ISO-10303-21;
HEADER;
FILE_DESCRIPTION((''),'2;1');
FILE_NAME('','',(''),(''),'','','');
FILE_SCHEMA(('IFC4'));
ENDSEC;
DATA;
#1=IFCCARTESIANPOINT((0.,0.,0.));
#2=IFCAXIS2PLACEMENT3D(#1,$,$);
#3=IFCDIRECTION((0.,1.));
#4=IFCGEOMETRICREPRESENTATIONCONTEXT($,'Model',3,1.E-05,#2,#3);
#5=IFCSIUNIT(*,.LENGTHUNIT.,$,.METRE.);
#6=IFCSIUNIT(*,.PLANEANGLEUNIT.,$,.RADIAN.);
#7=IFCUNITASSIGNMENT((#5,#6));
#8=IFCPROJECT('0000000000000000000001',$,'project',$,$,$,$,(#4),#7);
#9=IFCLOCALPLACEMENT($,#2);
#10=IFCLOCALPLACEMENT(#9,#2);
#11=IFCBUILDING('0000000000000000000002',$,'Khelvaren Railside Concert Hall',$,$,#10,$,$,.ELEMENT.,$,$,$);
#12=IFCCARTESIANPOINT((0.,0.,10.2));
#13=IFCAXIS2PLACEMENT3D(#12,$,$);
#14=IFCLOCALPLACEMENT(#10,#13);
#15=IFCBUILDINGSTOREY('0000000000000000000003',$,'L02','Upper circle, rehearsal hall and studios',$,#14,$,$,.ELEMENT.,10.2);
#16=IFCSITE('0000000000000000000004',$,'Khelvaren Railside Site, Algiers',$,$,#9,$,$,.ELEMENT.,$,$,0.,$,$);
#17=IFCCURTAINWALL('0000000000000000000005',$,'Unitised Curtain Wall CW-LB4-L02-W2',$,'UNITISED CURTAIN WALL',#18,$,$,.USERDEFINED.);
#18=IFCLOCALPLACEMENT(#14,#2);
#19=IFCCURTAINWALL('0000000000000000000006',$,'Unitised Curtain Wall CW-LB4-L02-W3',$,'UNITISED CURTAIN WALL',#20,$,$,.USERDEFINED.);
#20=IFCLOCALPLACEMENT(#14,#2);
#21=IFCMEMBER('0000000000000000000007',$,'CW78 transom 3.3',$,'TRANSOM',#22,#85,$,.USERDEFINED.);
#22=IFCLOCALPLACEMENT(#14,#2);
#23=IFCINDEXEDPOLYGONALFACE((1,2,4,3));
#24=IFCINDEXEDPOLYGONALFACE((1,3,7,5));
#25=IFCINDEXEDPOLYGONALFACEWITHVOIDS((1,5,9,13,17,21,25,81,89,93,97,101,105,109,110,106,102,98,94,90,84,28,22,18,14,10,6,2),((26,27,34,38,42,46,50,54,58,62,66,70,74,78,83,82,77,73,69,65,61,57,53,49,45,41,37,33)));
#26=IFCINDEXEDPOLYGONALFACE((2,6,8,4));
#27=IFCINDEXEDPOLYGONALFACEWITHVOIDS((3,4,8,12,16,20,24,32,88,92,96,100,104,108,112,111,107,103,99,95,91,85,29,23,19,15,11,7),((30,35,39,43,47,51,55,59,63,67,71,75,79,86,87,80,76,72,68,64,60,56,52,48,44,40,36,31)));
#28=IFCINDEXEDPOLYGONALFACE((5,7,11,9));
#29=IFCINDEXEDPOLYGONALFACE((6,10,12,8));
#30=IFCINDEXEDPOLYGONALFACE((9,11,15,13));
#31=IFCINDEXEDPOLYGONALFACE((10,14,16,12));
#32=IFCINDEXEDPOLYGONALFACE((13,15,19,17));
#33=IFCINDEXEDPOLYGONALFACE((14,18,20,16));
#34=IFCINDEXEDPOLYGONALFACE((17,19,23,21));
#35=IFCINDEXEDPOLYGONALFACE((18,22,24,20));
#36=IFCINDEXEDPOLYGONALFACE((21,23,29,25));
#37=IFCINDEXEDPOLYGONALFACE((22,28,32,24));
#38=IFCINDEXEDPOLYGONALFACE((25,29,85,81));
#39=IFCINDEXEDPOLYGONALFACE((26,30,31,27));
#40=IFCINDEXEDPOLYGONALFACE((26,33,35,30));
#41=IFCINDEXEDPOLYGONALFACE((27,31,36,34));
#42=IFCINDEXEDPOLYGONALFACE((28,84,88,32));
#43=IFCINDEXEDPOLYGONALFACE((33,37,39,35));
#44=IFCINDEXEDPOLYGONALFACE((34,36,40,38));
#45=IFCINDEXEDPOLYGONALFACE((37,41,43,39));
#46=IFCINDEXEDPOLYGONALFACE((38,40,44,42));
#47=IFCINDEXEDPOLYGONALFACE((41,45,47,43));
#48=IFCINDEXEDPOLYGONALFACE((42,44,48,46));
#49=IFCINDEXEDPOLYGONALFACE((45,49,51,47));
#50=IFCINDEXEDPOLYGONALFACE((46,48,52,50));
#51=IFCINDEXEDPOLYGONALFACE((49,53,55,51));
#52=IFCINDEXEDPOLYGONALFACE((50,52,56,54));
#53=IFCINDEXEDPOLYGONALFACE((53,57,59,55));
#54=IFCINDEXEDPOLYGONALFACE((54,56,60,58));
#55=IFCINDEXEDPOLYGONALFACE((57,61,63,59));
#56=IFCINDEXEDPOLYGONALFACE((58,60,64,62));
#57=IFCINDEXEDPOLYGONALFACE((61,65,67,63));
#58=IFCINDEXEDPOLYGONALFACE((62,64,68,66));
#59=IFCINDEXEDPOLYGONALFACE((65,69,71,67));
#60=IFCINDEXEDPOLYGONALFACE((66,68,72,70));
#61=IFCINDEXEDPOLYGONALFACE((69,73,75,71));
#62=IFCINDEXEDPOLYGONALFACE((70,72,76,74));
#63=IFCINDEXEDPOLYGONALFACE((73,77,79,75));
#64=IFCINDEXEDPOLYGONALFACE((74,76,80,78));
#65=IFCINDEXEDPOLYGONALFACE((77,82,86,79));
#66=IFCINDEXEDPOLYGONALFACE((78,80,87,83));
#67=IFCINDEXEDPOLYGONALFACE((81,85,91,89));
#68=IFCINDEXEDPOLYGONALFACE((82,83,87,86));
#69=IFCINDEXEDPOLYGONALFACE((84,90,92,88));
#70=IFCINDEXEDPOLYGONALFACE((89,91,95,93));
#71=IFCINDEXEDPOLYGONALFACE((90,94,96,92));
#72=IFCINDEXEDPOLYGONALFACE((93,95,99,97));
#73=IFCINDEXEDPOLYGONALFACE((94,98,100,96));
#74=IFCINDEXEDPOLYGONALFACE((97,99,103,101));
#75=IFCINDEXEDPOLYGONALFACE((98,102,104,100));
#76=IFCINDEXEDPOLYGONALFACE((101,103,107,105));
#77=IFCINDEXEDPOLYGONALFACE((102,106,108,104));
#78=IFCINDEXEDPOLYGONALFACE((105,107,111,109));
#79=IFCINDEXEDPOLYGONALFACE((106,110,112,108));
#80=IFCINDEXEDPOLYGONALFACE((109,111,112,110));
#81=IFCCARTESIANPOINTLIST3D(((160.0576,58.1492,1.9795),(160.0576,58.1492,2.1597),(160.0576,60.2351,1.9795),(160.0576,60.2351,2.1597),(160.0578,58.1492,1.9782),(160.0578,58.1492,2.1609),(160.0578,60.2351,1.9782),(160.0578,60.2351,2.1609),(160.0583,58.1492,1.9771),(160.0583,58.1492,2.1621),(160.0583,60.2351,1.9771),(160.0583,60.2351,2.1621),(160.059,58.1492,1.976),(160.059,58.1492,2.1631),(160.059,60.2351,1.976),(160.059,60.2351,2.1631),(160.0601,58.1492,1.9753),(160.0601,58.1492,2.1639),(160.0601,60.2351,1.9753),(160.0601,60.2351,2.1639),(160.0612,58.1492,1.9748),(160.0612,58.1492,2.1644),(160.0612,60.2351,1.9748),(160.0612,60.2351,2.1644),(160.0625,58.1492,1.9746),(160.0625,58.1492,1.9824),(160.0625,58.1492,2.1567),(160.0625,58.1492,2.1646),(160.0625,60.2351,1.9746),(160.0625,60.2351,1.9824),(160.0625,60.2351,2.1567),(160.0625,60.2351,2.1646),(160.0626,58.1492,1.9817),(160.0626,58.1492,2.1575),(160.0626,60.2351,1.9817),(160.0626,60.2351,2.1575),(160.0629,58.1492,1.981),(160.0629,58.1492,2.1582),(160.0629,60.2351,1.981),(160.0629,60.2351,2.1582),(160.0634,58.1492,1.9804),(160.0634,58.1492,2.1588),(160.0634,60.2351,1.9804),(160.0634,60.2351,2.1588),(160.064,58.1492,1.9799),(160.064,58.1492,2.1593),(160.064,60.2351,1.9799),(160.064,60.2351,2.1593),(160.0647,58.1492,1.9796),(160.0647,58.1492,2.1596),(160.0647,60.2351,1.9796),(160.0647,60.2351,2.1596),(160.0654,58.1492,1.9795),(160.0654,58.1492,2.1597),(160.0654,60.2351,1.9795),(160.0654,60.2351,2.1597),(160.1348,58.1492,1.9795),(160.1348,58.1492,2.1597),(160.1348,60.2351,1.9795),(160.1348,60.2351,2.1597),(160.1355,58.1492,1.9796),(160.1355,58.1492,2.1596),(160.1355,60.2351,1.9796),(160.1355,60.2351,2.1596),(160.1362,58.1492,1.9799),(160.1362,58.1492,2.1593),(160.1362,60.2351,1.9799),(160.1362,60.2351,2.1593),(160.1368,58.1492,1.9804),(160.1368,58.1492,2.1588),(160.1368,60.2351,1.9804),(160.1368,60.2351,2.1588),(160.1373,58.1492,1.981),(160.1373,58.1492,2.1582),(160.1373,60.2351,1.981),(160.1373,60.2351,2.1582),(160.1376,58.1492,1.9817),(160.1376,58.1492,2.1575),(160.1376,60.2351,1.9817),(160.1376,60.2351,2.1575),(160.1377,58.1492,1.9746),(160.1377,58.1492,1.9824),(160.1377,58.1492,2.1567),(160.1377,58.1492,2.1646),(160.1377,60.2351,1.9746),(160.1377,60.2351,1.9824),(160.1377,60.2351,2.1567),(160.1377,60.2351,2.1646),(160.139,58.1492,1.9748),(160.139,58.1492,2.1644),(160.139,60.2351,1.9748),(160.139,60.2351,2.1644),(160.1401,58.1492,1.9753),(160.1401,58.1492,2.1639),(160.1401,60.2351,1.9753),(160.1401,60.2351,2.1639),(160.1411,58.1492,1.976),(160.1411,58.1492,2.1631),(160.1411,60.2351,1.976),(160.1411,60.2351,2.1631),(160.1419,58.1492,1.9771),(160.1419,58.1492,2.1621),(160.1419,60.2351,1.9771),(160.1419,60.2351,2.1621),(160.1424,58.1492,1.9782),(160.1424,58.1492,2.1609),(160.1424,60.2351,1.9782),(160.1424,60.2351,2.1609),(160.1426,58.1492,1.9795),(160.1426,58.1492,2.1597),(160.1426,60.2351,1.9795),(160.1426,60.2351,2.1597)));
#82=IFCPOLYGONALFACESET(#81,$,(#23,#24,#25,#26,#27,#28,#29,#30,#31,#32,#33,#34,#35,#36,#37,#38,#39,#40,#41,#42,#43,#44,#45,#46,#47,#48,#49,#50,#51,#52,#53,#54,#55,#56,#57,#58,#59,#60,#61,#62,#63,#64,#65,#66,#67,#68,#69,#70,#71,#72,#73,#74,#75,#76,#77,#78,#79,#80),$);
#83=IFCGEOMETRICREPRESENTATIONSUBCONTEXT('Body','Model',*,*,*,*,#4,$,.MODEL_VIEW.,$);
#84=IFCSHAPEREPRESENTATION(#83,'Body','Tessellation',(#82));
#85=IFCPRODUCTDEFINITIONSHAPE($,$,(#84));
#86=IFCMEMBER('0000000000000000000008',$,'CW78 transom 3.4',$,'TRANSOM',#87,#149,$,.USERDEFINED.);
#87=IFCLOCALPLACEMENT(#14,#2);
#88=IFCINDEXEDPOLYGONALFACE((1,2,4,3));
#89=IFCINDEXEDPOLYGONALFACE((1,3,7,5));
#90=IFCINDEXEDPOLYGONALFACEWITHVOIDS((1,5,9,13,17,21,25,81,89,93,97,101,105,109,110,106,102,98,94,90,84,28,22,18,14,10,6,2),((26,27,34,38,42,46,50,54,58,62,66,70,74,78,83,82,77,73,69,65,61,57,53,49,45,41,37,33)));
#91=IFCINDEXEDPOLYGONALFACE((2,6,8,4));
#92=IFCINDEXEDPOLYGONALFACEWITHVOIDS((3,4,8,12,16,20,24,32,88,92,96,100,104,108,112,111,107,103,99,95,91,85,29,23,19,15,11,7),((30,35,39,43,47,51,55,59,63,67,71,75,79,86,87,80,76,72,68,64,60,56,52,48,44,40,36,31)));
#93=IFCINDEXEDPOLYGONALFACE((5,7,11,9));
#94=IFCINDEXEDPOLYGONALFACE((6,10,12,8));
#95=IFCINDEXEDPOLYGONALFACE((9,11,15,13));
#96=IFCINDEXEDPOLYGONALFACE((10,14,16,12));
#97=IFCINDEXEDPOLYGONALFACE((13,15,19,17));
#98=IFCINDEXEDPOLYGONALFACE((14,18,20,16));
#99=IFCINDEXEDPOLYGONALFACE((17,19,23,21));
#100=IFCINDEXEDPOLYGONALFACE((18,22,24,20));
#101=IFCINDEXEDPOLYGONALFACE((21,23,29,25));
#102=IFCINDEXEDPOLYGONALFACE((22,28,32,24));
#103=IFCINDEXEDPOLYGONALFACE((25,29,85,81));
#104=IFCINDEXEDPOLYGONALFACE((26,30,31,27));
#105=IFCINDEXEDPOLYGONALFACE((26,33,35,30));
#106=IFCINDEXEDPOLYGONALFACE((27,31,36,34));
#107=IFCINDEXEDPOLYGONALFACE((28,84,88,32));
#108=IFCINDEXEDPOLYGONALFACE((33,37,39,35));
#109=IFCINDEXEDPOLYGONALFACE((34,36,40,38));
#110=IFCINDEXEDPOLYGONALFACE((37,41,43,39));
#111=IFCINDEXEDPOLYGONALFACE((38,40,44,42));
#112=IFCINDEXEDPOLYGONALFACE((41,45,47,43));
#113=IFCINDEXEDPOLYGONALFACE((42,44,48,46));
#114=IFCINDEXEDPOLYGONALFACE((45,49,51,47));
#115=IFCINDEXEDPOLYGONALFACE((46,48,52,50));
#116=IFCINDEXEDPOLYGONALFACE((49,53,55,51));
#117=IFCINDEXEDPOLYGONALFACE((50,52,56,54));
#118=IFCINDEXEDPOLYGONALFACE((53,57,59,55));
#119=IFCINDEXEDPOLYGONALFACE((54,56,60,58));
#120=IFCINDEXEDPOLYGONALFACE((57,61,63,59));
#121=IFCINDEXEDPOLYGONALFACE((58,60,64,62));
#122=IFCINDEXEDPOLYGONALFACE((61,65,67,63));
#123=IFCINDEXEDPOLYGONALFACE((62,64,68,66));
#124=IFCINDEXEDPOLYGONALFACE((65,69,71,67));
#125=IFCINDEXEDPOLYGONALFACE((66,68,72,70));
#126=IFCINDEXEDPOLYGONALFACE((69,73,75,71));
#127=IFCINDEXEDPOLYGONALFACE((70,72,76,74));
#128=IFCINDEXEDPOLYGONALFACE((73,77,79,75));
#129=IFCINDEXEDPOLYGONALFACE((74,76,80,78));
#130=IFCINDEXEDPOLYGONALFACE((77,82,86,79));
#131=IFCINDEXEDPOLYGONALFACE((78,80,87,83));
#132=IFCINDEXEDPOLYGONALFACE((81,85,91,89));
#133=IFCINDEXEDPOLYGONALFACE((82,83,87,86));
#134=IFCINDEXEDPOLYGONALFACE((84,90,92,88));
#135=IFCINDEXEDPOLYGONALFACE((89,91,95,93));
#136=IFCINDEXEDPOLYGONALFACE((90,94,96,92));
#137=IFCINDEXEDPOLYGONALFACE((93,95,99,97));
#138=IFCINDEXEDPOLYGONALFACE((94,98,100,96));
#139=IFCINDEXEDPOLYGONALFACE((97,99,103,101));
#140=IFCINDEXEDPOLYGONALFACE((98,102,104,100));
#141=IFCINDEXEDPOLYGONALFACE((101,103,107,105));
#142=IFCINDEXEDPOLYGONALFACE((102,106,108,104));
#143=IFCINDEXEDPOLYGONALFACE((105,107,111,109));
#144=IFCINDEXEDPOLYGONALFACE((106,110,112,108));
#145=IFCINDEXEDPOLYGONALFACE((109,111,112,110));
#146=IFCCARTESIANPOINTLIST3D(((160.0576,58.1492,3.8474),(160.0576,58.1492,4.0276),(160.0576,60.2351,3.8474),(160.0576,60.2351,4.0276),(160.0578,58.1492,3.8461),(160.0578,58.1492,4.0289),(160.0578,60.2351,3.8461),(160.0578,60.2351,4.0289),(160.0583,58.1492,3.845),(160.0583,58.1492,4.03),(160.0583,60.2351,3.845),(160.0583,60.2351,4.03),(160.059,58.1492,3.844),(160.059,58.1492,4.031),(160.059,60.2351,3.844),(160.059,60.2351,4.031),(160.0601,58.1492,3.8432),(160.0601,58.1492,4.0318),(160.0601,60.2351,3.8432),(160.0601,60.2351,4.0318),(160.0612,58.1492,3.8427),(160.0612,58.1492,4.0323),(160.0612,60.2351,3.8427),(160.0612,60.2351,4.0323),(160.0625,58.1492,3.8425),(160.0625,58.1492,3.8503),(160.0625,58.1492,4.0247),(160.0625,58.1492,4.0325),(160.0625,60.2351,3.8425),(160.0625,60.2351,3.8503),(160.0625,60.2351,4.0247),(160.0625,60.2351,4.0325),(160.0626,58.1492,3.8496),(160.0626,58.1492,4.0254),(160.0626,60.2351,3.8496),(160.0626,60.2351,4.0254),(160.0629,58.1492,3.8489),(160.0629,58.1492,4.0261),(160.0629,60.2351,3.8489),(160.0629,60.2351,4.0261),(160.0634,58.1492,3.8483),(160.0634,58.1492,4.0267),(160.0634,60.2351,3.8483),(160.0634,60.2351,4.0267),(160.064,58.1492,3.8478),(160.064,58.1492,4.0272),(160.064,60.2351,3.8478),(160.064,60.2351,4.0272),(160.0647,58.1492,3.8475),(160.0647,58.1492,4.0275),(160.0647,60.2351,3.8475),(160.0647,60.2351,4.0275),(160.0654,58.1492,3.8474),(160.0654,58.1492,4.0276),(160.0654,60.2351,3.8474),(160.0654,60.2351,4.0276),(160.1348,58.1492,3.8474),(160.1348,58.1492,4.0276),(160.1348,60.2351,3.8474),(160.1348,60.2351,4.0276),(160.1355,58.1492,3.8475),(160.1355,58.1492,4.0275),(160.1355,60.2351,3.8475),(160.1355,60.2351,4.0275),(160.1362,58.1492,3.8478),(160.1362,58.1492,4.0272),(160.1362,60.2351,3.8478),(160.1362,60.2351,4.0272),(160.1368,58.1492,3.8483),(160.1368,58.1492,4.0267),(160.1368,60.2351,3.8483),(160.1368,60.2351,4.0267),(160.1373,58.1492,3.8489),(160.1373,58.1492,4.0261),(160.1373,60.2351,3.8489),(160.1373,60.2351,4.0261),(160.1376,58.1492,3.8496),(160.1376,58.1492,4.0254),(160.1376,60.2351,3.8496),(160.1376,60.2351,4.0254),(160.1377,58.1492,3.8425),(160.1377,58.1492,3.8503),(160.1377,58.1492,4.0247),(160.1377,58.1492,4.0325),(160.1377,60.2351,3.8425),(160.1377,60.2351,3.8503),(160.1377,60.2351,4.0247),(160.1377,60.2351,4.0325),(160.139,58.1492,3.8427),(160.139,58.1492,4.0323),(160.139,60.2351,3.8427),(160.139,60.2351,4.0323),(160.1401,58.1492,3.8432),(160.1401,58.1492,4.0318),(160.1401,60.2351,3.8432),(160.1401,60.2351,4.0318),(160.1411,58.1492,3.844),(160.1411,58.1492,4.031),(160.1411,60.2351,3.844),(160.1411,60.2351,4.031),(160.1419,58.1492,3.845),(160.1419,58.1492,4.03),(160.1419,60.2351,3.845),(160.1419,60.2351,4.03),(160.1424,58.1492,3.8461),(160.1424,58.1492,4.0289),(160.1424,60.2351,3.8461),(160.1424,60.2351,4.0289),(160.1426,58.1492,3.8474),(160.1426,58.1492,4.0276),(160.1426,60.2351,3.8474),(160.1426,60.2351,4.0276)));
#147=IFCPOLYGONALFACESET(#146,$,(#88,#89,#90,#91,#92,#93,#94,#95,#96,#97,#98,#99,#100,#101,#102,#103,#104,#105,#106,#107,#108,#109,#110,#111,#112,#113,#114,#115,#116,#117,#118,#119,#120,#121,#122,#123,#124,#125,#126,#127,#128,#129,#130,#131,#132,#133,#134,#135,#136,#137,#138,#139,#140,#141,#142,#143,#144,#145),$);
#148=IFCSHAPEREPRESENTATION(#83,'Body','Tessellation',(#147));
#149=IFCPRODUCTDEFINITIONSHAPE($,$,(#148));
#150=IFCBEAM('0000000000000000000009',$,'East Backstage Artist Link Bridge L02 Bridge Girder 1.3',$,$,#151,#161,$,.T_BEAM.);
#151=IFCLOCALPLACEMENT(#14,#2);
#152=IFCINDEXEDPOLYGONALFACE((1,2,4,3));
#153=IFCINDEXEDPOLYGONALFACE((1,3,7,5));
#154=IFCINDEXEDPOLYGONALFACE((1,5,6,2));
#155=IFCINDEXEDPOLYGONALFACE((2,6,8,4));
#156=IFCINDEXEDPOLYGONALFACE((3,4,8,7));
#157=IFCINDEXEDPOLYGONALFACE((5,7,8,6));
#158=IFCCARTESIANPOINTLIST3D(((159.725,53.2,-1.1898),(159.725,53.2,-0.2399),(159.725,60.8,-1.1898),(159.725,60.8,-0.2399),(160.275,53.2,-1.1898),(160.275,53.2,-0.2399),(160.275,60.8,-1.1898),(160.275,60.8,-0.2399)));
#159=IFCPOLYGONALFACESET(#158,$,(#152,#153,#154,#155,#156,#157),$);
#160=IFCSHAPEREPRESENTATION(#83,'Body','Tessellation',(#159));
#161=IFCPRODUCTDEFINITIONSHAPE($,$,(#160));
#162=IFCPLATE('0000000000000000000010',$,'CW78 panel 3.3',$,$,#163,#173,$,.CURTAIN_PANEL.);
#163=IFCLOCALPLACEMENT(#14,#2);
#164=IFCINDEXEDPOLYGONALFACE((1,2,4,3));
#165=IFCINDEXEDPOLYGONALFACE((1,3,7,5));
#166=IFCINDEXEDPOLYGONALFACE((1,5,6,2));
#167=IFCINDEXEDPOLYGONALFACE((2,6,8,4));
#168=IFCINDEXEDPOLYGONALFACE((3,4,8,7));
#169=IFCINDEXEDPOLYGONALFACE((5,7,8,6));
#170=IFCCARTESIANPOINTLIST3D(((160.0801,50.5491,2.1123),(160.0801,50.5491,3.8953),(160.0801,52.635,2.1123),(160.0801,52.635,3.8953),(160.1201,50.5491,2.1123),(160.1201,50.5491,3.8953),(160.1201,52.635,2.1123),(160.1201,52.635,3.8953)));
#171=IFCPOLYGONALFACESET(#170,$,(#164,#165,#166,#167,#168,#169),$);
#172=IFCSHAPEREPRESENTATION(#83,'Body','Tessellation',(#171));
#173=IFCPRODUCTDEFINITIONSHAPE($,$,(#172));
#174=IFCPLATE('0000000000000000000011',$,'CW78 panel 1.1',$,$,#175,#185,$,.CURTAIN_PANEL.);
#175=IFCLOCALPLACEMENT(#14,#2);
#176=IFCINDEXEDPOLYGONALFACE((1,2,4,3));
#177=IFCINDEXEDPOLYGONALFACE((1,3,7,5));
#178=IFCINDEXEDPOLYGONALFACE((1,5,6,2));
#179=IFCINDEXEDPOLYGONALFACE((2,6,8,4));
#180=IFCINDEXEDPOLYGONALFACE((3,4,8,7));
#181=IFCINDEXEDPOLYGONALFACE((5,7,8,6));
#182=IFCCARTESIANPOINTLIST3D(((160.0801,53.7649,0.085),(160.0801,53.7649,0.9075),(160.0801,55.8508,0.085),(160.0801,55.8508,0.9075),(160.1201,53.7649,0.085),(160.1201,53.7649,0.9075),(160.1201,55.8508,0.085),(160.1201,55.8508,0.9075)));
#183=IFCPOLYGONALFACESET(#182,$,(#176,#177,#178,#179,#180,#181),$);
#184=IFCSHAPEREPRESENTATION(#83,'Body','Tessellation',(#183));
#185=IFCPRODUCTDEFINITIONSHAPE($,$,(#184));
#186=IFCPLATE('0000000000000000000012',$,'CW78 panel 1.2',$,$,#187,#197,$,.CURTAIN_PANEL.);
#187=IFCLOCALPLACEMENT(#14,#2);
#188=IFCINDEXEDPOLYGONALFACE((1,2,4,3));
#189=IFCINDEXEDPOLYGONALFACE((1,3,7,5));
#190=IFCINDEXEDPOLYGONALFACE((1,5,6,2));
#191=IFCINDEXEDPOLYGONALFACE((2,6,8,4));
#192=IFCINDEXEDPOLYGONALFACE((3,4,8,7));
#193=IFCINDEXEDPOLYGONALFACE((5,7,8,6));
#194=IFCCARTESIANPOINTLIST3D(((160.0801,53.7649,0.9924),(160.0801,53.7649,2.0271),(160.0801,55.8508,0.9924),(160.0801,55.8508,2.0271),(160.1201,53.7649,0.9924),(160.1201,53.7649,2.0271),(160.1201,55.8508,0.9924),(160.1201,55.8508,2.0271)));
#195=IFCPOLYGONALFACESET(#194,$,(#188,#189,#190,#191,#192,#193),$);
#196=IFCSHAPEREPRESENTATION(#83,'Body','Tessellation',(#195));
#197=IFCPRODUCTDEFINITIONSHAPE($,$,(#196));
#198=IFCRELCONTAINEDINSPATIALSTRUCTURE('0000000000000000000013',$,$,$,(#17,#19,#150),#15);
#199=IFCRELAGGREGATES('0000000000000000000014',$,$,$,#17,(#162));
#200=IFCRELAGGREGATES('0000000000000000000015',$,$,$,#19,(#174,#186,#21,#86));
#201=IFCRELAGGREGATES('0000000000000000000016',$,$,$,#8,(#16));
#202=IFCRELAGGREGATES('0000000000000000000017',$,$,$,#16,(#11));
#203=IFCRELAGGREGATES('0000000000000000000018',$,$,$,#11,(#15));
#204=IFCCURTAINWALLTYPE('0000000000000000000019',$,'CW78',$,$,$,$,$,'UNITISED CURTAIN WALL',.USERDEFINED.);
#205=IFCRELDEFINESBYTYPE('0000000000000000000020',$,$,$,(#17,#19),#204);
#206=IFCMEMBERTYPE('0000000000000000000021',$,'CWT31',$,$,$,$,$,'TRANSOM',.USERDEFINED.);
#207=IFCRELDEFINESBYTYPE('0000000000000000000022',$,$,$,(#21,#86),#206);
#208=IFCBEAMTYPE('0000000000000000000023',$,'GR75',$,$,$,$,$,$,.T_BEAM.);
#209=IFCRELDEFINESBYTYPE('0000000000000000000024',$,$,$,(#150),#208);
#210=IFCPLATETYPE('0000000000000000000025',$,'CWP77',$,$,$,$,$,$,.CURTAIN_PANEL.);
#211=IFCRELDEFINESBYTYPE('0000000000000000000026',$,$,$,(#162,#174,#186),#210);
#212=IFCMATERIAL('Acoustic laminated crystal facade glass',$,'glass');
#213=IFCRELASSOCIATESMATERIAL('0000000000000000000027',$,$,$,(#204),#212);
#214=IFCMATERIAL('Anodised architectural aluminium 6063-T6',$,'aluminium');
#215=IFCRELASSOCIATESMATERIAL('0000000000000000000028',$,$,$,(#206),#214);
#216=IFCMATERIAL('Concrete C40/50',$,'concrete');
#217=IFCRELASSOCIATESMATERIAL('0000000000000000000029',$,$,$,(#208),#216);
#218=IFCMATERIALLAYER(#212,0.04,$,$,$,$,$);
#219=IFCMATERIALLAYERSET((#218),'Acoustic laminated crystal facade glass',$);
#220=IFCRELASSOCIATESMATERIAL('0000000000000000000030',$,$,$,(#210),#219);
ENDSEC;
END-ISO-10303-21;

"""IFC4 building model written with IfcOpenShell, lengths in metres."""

from ifc_helpers import new_model, si_unit, direction, frame, origin, origin_2d, place, context, subcontext, project, spatial, rectangle, hollow_rectangle, extrude, material, layer, layer_set, material_profile, profile_set, type_object, element, aggregate, save


model = new_model("IFC4")

# Units and contexts
model_context = context("Model", 3, precision=1e-05, world=origin(), true_north=direction((0.0, 1.0)))
body_context = subcontext(model_context, "Body", "Model", "MODEL_VIEW")
ifc_project = project(units=[si_unit("LENGTHUNIT", "METRE"), si_unit("PLANEANGLEUNIT", "RADIAN")], contexts=[model_context])

# Site, building, storey
site_placement = place(None, origin())
site = spatial("IfcSite", under=ifc_project, at=site_placement, Name="Khelvaren Railside Site, Algiers", CompositionType="ELEMENT", RefElevation=0.0)
building_placement = place(site_placement, origin())
building = spatial("IfcBuilding", under=site, at=building_placement, Name="Khelvaren Railside Concert Hall", CompositionType="ELEMENT")
storey_placement = place(building_placement, frame((0.0, 0.0, 10.2)))
storey = spatial("IfcBuildingStorey", under=building, at=storey_placement, Name="L02", Description="Upper circle, rehearsal hall and studios", CompositionType="ELEMENT", Elevation=10.2)

# Curtain wall
ifc_material_1 = material(Name="Acoustic laminated crystal facade glass", Category="glass")
curtain_wall_type = type_object("IfcCurtainWallType", Name="CW78", ElementType="UNITISED CURTAIN WALL", PredefinedType="USERDEFINED", material=ifc_material_1)
curtain_wall_1_placement = place(storey_placement, origin())
curtain_wall_1 = element("IfcCurtainWall", 1, at=curtain_wall_1_placement, inside=storey, type_object=curtain_wall_type, Name="Unitised Curtain Wall CW-LB4-L02-W2", ObjectType="UNITISED CURTAIN WALL", PredefinedType="USERDEFINED")
ifc_material_2 = material(Name="Anodised architectural aluminium 6063-T6", Category="aluminium")

# Curtain wall, members
curtain_wall_2_placement = place(storey_placement, origin())
curtain_wall_2 = element("IfcCurtainWall", 2, at=curtain_wall_2_placement, inside=storey, type_object=curtain_wall_type, Name="Unitised Curtain Wall CW-LB4-L02-W3", ObjectType="UNITISED CURTAIN WALL", PredefinedType="USERDEFINED")
ifc_material_profile_1 = material_profile(ifc_material_2, hollow_rectangle(XDim=0.085, YDim=0.1899, WallThickness=0.0049, InnerFilletRadius=0.0029, OuterFilletRadius=0.0049, at=origin_2d()), Name="CWT 85x190x5")
ifc_profile_set_1 = profile_set([ifc_material_profile_1], Name="Anodised architectural aluminium 6063-T6")
member_type_1 = type_object("IfcMemberType", Name="CWT31", ElementType="TRANSOM", PredefinedType="USERDEFINED", material=ifc_profile_set_1)
member_1_placement = place(storey_placement, frame((160.1001, 58.1492, 2.0696), z_axis=(0.0, 1.0, 0.0), x_axis=(-1.0, 0.0, 0.0)))
member_1 = element("IfcMember", 3, at=member_1_placement, type_object=member_type_1, Name="CW78 transom 3.3", ObjectType="TRANSOM", PredefinedType="USERDEFINED", context=body_context, shape_type="SweptSolid", body=[
    extrude(hollow_rectangle(XDim=0.085, YDim=0.1899, WallThickness=0.0049, InnerFilletRadius=0.0029, OuterFilletRadius=0.0049, at=origin_2d()), origin(), (0.0, 0.0, 1.0), 2.0859),
])
member_2_placement = place(storey_placement, frame((160.1001, 58.1492, 3.9375), z_axis=(0.0, 1.0, 0.0), x_axis=(-1.0, 0.0, 0.0)))
member_2 = element("IfcMember", 4, at=member_2_placement, type_object=member_type_1, Name="CW78 transom 3.4", ObjectType="TRANSOM", PredefinedType="USERDEFINED", context=body_context, shape_type="SweptSolid", body=[
    extrude(hollow_rectangle(XDim=0.085, YDim=0.1899, WallThickness=0.0049, InnerFilletRadius=0.0029, OuterFilletRadius=0.0049, at=origin_2d()), origin(), (0.0, 0.0, 1.0), 2.0859),
])

# Beam
ifc_material_3 = material(Name="Concrete C40/50", Category="concrete")
ifc_material_profile_2 = material_profile(ifc_material_3, rectangle(XDim=0.55, YDim=0.95, at=origin_2d()), Name="RCB 550x950")
ifc_profile_set_2 = profile_set([ifc_material_profile_2], Name="Concrete C40/50")
beam_type = type_object("IfcBeamType", Name="GR75", PredefinedType="T_BEAM", material=ifc_profile_set_2)
beam_placement = place(storey_placement, frame((160.0, 53.2, -0.7148), z_axis=(0.0, 1.0, 0.0), x_axis=(-1.0, 0.0, 0.0)))
element("IfcBeam", 5, at=beam_placement, inside=storey, type_object=beam_type, Name="East Backstage Artist Link Bridge L02 Bridge Girder 1.3", PredefinedType="T_BEAM", context=body_context, shape_type="SweptSolid", body=[
    extrude(rectangle(XDim=0.55, YDim=0.95, at=origin_2d()), origin(), (0.0, 0.0, 1.0), 7.6001),
])

# Plates
ifc_layer = layer(ifc_material_1, 0.04)
ifc_layer_set = layer_set([ifc_layer], Name="Acoustic laminated crystal facade glass")
plate_type = type_object("IfcPlateType", Name="CWP77", PredefinedType="CURTAIN_PANEL", material=ifc_layer_set)
plate_1_placement = place(storey_placement, frame((160.1001, 51.592, 2.1123), z_axis=(0.0, 0.0, 1.0), x_axis=(0.0, 1.0, 0.0)))
plate_1 = element("IfcPlate", 6, at=plate_1_placement, type_object=plate_type, Name="CW78 panel 3.3", PredefinedType="CURTAIN_PANEL", context=body_context, shape_type="SweptSolid", body=[
    extrude(rectangle(XDim=2.0859, YDim=0.04, at=origin_2d()), origin(), (0.0, 0.0, 1.0), 1.783),
])
aggregate(curtain_wall_1, [plate_1])
plate_2_placement = place(storey_placement, frame((160.1001, 54.8079, 0.085), z_axis=(0.0, 0.0, 1.0), x_axis=(0.0, 1.0, 0.0)))
plate_2 = element("IfcPlate", 7, at=plate_2_placement, type_object=plate_type, Name="CW78 panel 1.1", PredefinedType="CURTAIN_PANEL", context=body_context, shape_type="SweptSolid", body=[
    extrude(rectangle(XDim=2.0859, YDim=0.04, at=origin_2d()), origin(), (0.0, 0.0, 1.0), 0.8225),
])
plate_3_placement = place(storey_placement, frame((160.1001, 54.8079, 0.9924), z_axis=(0.0, 0.0, 1.0), x_axis=(0.0, 1.0, 0.0)))
plate_3 = element("IfcPlate", 8, at=plate_3_placement, type_object=plate_type, Name="CW78 panel 1.2", PredefinedType="CURTAIN_PANEL", context=body_context, shape_type="SweptSolid", body=[
    extrude(rectangle(XDim=2.0859, YDim=0.04, at=origin_2d()), origin(), (0.0, 0.0, 1.0), 1.0347),
])
aggregate(curtain_wall_2, [plate_2, plate_3, member_1, member_2])

save(model, "model.ifc")
